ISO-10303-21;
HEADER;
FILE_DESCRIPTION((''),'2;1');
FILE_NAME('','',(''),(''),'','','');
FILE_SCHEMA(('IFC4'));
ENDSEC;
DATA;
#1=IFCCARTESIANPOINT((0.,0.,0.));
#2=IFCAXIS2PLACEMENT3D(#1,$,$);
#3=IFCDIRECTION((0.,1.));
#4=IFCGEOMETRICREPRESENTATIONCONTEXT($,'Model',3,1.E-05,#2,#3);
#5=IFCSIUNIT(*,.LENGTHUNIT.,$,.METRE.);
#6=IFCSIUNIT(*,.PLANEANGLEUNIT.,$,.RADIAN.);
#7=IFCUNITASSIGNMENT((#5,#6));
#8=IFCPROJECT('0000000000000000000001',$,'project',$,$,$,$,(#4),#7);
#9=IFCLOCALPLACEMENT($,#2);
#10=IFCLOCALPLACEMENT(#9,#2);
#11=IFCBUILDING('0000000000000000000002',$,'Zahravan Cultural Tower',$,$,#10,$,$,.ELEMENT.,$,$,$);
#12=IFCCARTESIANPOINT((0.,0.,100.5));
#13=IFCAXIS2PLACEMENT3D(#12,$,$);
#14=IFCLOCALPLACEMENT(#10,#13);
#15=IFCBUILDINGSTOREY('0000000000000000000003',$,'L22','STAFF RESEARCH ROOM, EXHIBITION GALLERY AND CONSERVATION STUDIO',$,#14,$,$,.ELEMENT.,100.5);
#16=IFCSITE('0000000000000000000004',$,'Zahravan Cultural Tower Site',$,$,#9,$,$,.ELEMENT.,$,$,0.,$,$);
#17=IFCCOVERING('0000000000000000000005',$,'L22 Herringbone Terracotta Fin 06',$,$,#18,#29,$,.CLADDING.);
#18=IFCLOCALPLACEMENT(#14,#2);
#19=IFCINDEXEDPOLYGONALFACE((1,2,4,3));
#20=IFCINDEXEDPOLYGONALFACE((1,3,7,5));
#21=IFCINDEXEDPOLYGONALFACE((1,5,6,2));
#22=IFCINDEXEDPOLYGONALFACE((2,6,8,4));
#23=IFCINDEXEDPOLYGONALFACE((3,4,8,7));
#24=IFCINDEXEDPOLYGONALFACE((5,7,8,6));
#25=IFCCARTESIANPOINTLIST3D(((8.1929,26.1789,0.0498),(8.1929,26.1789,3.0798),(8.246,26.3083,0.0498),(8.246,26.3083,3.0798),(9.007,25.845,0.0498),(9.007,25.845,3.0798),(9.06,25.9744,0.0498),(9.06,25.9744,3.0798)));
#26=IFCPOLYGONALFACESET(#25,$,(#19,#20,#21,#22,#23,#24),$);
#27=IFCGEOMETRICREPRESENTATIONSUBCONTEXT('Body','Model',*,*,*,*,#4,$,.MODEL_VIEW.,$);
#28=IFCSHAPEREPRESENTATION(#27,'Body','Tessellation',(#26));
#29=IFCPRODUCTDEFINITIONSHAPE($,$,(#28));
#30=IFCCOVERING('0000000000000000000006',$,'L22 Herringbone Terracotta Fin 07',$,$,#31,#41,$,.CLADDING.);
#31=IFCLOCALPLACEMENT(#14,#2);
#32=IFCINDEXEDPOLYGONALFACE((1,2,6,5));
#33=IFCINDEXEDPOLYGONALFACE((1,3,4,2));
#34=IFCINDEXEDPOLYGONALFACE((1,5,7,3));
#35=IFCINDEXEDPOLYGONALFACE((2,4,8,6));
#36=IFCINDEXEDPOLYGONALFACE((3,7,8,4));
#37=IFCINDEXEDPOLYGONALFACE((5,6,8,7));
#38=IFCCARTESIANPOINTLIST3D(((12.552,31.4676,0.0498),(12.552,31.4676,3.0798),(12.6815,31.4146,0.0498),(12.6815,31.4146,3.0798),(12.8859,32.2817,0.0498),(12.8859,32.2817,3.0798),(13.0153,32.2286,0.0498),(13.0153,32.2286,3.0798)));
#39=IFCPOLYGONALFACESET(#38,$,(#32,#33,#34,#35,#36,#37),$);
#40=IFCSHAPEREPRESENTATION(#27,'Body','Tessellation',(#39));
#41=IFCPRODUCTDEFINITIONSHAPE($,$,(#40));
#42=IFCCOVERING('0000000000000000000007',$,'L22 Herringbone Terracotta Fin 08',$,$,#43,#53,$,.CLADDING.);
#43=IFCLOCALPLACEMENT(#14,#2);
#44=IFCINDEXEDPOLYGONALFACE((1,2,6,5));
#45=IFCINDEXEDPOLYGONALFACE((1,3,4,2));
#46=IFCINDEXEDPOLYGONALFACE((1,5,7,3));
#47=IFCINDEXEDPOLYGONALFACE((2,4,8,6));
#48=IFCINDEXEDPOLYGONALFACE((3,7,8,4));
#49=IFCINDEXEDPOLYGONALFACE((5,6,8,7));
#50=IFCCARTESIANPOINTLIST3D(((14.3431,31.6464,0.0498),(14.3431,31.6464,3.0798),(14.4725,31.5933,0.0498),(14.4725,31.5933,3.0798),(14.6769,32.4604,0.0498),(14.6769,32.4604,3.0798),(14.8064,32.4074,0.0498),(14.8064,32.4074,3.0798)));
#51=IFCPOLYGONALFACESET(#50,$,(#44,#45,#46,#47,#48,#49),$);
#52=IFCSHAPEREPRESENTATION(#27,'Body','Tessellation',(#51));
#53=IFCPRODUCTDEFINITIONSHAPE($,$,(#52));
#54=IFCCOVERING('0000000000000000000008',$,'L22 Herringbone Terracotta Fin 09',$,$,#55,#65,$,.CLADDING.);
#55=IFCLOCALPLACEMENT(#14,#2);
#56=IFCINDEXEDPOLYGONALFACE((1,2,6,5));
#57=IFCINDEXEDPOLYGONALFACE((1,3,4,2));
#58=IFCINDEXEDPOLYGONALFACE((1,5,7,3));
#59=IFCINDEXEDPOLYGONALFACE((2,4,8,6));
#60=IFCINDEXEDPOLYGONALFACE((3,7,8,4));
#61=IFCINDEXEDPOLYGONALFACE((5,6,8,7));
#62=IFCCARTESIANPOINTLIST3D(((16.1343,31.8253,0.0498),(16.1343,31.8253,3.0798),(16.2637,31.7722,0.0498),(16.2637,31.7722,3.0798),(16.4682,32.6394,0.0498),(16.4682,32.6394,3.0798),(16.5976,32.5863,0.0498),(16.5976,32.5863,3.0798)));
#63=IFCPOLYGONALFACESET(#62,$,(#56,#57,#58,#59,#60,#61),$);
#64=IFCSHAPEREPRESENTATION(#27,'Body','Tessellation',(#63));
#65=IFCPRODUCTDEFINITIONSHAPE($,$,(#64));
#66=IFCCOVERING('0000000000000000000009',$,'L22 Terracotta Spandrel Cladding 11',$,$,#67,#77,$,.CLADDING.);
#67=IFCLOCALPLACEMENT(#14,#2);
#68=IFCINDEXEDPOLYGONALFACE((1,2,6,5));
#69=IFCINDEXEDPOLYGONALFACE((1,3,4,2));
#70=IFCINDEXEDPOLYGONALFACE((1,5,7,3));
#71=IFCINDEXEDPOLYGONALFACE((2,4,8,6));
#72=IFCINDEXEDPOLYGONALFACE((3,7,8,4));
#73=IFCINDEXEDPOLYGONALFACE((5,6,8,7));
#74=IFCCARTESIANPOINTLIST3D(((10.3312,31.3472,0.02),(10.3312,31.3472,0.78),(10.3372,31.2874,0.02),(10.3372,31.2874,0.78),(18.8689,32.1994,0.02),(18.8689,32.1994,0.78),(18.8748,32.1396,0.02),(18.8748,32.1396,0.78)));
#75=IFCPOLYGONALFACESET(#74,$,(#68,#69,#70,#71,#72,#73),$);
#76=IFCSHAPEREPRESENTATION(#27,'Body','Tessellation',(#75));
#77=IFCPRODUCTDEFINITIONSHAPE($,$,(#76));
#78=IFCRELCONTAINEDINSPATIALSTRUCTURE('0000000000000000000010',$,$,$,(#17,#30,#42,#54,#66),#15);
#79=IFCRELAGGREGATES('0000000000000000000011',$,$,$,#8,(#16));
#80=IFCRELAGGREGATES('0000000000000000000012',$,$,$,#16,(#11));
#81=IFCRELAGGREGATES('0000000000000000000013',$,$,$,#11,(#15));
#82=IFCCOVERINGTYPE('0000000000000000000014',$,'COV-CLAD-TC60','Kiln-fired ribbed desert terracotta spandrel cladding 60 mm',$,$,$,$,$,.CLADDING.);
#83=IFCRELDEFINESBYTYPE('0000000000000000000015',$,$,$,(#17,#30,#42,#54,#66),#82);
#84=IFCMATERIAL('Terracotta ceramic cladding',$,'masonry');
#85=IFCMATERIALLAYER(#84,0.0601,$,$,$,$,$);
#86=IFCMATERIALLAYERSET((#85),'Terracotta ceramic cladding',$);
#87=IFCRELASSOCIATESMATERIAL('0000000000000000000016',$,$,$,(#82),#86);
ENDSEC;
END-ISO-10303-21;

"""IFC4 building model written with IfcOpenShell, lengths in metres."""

from ifc_helpers import new_model, si_unit, direction, frame, origin, origin_2d, place, context, subcontext, project, spatial, rectangle, extrude, source, transform, mapped, material, layer, layer_set, type_object, element, save


model = new_model("IFC4")

# Units and contexts
model_context = context("Model", 3, precision=1e-05, world=origin(), true_north=direction((0.0, 1.0)))
body_context = subcontext(model_context, "Body", "Model", "MODEL_VIEW")
ifc_project = project(units=[si_unit("LENGTHUNIT", "METRE"), si_unit("PLANEANGLEUNIT", "RADIAN")], contexts=[model_context])

# Site, building, storey
site_placement = place(None, origin())
site = spatial("IfcSite", under=ifc_project, at=site_placement, Name="Zahravan Cultural Tower Site", CompositionType="ELEMENT", RefElevation=0.0)
building_placement = place(site_placement, origin())
building = spatial("IfcBuilding", under=site, at=building_placement, Name="Zahravan Cultural Tower", CompositionType="ELEMENT")
storey_placement = place(building_placement, frame((0.0, 0.0, 100.5)))
storey = spatial("IfcBuildingStorey", under=building, at=storey_placement, Name="L22", Description="STAFF RESEARCH ROOM, EXHIBITION GALLERY AND CONSERVATION STUDIO", CompositionType="ELEMENT", Elevation=100.5)

# Coverings
ifc_material_1 = material(Name="Terracotta ceramic cladding", Category="masonry")
ifc_layer_1 = layer(ifc_material_1, 0.0601)
ifc_layer_set_1 = layer_set([ifc_layer_1], Name="Terracotta ceramic cladding")
covering_type = type_object("IfcCoveringType", Name="COV-CLAD-TC60", Description="Kiln-fired ribbed desert terracotta spandrel cladding 60 mm", PredefinedType="CLADDING", material=ifc_layer_set_1)
shared_shape_1 = source(origin(), body_context, "Body", "SweptSolid", [
    extrude(rectangle(XDim=0.8799, YDim=0.1399, at=origin_2d()), origin(), (0.0, 0.0, 1.0), 3.03),
])
for number, where, z_axis, x_axis, name in (
    (1, (8.6265, 26.0767, 0.0498), (0.0, 0.0, 1.0), (-0.92521, 0.379456, 0.0), "L22 Herringbone Terracotta Fin 06"),
    (2, (12.7837, 31.8481, 0.0498), (0.0, 0.0, 1.0), (0.379456, 0.92521, 0.0), "L22 Herringbone Terracotta Fin 07"),
    (3, (14.5747, 32.0269, 0.0498), (0.0, 0.0, 1.0), (0.379456, 0.92521, 0.0), "L22 Herringbone Terracotta Fin 08"),
    (4, (16.366, 32.2058, 0.0498), (0.0, 0.0, 1.0), (0.379456, 0.92521, 0.0), "L22 Herringbone Terracotta Fin 09"),
):
    element("IfcCovering", number, at=place(storey_placement, frame(where, z_axis=z_axis, x_axis=x_axis)), inside=storey, type_object=covering_type, Name=name, PredefinedType="CLADDING", context=body_context, shape_type="MappedRepresentation", body=[
        mapped(shared_shape_1, transform((0.0, 0.0, 0.0), x_axis=(1.0, 0.0, 0.0), y_axis=(0.0, 1.0, 0.0), z_axis=(0.0, 0.0, 1.0), scale=1.0)),
    ])
shared_shape_2 = source(origin(), body_context, "Body", "SweptSolid", [
    extrude(rectangle(XDim=8.5801, YDim=0.0601, at=origin_2d()), origin(), (0.0, 0.0, 1.0), 0.76),
])
covering_1_placement = place(storey_placement, frame((14.603, 31.7434, 0.02), z_axis=(0.0, 0.0, 1.0), x_axis=(0.995056, 0.09932, 0.0)))
element("IfcCovering", 5, at=covering_1_placement, inside=storey, type_object=covering_type, Name="L22 Terracotta Spandrel Cladding 11", PredefinedType="CLADDING", context=body_context, shape_type="MappedRepresentation", body=[
    mapped(shared_shape_2, transform((0.0, 0.0, 0.0), x_axis=(1.0, 0.0, 0.0), y_axis=(0.0, 1.0, 0.0), z_axis=(0.0, 0.0, 1.0), scale=1.0)),
])

save(model, "model.ifc")
